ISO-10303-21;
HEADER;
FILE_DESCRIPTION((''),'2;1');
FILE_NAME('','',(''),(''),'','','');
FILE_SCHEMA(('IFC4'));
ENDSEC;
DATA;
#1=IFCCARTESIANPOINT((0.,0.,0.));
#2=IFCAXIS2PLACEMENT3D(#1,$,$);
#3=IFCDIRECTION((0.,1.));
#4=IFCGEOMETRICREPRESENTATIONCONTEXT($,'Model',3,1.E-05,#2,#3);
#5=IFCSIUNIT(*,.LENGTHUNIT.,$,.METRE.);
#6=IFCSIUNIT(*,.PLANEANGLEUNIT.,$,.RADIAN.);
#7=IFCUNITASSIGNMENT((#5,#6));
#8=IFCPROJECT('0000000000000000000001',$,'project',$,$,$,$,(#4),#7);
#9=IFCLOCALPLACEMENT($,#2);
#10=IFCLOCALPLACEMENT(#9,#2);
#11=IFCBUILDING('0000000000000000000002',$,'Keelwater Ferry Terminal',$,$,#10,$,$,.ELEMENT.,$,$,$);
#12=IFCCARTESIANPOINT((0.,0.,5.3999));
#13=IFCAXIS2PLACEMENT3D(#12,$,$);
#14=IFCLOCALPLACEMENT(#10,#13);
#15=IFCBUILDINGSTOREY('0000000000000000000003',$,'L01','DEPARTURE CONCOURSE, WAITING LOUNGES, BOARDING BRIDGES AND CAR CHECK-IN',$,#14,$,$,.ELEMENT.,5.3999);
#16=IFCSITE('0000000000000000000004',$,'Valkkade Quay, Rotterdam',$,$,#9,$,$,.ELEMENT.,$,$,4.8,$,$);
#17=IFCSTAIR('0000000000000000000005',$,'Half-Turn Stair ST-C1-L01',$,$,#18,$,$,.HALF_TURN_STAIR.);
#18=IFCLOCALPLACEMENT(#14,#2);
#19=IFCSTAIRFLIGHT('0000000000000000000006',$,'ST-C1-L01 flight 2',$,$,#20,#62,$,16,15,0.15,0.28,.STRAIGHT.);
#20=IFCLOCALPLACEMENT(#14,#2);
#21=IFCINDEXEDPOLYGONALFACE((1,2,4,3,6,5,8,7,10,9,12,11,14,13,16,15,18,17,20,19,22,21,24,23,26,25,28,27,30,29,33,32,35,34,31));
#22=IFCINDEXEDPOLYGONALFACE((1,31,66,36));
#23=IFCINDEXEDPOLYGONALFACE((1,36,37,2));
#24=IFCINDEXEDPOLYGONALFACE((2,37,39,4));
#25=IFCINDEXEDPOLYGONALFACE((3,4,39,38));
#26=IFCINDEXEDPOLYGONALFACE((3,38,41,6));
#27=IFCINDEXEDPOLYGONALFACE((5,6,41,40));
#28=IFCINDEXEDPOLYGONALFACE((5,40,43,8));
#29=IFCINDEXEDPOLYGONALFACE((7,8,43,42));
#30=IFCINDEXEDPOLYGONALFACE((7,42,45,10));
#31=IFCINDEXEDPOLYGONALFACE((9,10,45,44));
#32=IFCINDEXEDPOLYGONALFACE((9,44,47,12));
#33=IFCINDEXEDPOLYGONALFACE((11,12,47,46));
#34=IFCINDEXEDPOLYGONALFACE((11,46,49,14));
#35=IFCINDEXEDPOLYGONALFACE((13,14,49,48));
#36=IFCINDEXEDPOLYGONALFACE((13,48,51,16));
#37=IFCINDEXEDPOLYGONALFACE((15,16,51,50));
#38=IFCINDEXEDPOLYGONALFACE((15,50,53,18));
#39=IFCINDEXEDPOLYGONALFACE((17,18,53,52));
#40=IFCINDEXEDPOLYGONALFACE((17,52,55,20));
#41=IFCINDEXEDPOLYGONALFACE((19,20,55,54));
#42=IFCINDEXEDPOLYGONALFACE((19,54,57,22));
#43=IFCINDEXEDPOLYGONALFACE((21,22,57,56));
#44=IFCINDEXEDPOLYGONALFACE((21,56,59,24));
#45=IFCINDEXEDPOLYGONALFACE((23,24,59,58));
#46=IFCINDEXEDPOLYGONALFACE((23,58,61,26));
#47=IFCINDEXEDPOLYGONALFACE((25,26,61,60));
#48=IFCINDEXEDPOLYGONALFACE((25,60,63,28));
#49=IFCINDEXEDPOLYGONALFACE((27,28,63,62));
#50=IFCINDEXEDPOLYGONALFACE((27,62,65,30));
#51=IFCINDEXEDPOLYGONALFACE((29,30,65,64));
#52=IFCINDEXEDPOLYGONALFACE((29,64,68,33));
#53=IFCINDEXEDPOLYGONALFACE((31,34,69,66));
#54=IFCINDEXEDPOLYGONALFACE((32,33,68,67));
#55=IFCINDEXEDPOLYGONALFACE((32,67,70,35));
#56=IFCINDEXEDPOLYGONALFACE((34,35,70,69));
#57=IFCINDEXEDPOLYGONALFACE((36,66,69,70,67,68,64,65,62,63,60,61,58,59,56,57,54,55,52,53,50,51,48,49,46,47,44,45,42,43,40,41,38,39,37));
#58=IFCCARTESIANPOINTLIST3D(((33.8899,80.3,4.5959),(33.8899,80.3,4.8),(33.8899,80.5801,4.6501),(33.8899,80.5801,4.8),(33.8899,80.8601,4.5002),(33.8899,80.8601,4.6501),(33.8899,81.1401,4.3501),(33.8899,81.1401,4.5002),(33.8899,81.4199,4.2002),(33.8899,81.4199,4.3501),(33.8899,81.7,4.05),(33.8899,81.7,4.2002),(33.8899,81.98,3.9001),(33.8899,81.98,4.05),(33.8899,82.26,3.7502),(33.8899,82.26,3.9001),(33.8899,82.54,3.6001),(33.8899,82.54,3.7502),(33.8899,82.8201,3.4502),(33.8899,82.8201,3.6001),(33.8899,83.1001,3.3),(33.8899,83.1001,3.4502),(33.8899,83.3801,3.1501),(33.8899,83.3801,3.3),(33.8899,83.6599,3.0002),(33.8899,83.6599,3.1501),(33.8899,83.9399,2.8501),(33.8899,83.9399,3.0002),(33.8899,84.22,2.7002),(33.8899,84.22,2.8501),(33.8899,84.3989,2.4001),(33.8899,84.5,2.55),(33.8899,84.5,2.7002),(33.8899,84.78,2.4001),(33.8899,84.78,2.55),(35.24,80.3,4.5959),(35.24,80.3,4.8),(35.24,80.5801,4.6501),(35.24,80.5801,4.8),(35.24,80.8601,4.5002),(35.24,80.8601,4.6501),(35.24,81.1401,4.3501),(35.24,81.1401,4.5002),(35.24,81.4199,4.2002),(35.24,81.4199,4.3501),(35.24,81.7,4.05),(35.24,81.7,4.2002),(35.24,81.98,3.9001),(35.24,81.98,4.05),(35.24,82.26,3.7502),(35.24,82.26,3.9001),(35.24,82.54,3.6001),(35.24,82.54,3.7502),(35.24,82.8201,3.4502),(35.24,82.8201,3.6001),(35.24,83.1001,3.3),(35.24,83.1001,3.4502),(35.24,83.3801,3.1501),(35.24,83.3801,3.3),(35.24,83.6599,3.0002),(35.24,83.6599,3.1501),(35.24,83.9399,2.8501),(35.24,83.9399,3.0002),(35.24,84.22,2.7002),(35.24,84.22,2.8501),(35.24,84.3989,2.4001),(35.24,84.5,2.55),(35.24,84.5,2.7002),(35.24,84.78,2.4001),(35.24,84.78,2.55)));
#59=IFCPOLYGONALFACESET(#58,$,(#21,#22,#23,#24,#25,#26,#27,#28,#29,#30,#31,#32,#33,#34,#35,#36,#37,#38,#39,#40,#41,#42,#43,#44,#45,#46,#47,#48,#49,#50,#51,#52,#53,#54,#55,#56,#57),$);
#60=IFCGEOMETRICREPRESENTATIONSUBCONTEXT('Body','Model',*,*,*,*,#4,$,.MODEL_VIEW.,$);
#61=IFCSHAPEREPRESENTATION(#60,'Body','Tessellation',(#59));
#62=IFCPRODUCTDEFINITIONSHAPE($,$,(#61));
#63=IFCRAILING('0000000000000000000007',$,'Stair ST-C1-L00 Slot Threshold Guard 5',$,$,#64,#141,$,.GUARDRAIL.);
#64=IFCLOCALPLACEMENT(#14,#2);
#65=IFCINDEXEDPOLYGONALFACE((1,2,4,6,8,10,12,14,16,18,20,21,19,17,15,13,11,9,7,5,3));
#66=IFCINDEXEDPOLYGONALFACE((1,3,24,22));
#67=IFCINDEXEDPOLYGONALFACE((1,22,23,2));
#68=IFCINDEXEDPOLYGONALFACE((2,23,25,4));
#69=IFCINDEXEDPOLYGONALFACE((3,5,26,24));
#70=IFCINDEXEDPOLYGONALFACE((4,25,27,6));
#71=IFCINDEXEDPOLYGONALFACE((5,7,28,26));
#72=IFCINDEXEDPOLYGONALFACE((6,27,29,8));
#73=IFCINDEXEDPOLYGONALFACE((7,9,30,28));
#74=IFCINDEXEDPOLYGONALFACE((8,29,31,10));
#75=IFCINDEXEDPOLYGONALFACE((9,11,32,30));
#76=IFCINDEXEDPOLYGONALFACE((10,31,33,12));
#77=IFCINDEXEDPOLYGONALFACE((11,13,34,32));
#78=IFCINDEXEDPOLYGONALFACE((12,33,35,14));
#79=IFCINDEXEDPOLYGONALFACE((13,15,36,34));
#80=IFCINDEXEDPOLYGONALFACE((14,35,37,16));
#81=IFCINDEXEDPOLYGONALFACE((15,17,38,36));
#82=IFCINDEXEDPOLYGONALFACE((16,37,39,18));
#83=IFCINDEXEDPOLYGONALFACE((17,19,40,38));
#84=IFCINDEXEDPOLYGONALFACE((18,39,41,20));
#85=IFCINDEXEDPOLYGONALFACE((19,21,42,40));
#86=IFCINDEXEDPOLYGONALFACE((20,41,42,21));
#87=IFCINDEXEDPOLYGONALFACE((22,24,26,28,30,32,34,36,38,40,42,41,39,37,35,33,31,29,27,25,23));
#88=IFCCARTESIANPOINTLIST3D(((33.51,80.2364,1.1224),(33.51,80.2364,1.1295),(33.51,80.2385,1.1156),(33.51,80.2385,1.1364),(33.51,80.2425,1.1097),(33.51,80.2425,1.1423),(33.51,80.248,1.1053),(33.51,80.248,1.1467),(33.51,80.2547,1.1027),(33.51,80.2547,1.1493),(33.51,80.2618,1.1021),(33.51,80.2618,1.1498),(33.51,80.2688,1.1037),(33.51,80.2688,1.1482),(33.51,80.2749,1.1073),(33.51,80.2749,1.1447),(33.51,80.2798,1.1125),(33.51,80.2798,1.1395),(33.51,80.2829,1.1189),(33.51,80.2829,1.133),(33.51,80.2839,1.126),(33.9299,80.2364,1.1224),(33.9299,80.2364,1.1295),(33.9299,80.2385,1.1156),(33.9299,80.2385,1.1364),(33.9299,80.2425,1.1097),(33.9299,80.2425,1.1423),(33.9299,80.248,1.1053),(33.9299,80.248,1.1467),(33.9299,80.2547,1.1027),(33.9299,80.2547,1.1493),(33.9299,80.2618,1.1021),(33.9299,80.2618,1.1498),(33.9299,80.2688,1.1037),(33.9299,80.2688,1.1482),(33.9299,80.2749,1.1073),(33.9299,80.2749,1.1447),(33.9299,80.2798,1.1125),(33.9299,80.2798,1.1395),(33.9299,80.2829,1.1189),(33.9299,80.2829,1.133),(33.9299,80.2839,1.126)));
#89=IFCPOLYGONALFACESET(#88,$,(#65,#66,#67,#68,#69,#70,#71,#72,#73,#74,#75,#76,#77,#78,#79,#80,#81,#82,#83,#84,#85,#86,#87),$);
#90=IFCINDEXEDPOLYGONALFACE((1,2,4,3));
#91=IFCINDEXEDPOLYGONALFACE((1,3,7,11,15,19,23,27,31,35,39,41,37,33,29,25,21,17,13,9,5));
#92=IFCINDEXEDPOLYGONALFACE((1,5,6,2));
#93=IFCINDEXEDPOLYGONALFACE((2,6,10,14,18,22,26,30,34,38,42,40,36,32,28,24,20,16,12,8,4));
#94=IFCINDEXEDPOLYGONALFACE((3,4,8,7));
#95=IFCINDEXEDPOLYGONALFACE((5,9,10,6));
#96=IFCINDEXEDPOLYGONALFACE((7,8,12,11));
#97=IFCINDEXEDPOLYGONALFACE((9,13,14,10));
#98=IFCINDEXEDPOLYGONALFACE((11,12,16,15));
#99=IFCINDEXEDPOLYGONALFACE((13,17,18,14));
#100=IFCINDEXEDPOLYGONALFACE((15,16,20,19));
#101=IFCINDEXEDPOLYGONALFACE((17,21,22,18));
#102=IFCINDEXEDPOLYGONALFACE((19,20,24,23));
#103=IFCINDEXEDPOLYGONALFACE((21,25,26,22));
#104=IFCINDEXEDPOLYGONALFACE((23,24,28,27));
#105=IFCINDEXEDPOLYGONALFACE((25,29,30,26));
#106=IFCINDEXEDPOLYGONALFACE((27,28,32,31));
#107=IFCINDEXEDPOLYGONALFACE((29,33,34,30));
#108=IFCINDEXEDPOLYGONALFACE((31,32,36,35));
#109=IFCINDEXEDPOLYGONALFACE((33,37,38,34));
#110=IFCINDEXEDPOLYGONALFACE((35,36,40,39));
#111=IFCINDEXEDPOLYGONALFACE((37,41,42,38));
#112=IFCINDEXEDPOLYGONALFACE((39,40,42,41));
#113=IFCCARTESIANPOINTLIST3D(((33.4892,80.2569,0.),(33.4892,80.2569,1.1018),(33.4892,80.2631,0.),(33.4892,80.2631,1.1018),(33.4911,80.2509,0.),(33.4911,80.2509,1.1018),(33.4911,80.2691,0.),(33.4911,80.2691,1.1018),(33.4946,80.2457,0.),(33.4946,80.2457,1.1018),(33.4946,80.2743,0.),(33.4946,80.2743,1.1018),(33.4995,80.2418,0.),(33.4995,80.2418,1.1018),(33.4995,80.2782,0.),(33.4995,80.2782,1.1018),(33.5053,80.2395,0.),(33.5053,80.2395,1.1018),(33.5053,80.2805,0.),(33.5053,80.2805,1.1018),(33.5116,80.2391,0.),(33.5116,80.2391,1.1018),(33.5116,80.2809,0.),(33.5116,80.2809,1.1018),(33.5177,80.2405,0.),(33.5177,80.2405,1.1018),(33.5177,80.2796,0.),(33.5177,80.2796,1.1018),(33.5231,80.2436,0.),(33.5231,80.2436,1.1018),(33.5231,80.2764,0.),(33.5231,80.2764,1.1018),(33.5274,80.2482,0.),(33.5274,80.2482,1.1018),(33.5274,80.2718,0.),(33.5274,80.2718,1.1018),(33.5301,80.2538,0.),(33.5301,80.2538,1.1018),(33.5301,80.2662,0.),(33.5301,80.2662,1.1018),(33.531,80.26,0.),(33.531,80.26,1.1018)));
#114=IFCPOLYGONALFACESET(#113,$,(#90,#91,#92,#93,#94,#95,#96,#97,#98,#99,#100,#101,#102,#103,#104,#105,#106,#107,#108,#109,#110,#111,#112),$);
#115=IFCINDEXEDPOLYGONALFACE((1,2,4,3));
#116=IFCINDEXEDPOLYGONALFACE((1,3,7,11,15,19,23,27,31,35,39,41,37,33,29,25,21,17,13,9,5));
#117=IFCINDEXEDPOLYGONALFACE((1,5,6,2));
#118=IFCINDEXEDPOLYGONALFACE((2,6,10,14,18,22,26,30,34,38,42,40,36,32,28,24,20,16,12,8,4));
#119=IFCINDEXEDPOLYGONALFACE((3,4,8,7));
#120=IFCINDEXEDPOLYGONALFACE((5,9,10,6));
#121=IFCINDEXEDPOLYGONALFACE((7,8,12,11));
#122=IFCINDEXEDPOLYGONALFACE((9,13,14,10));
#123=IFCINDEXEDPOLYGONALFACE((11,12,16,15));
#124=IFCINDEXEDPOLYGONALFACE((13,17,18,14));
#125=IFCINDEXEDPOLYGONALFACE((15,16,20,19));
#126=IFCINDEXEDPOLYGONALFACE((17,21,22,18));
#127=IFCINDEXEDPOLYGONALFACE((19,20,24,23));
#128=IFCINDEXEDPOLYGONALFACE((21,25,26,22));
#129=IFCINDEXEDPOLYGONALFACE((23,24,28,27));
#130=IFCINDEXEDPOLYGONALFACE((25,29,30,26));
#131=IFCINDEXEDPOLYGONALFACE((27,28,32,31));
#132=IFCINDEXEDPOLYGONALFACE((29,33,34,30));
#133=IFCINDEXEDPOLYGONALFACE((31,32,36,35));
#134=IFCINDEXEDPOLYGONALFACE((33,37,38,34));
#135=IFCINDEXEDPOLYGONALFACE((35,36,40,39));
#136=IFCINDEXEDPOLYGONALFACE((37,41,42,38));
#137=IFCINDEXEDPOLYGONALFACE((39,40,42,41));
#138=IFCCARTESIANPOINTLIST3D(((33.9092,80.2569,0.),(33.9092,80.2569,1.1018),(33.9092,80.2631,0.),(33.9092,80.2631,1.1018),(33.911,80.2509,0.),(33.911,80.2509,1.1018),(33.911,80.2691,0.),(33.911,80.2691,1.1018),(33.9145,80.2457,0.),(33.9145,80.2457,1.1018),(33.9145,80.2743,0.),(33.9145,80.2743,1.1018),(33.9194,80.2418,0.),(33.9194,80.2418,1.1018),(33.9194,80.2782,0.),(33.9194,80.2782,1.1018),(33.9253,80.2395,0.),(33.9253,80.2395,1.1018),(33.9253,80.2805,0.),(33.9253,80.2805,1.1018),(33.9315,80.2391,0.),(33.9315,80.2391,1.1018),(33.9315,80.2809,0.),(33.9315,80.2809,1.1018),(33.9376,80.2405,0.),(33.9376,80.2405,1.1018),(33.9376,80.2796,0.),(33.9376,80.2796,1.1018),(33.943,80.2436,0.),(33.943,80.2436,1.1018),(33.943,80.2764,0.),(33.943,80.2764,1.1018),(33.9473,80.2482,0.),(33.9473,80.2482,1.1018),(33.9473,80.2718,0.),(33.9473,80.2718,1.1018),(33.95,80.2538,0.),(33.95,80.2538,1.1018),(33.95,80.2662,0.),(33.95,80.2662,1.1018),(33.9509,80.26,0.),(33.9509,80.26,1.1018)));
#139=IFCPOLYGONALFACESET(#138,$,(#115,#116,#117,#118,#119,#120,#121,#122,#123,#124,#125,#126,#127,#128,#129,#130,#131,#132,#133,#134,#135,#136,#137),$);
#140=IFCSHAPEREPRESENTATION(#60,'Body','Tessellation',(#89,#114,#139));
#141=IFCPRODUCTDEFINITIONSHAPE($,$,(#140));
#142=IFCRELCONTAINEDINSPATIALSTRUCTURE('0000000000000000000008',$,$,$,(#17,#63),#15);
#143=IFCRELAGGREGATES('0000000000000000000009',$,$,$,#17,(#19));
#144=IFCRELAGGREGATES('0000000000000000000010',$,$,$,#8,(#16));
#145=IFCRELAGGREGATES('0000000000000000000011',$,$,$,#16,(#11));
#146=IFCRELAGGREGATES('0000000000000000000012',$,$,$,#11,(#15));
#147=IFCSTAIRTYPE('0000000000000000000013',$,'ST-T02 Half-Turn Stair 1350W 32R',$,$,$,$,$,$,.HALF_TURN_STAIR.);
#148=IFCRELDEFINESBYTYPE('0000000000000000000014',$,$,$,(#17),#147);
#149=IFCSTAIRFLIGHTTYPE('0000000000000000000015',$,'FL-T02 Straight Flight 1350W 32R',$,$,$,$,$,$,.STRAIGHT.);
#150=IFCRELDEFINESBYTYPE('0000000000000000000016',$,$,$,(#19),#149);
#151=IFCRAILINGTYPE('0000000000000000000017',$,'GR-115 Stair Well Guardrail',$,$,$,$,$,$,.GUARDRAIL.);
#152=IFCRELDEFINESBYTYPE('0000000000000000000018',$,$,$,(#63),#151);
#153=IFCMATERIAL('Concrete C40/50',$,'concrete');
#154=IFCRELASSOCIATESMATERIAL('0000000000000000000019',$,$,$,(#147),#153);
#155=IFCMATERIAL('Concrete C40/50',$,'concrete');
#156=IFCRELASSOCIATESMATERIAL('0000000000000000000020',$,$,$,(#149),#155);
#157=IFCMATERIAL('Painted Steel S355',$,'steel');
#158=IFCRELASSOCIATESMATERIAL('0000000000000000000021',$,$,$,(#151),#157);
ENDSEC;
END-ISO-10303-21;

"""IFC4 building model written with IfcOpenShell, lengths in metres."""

from ifc_helpers import new_model, si_unit, direction, frame, origin, origin_2d, place, context, subcontext, project, spatial, polyline, circle, outline, extrude, material, type_object, element, aggregate, save


model = new_model("IFC4")

# Units and contexts
model_context = context("Model", 3, precision=1e-05, world=origin(), true_north=direction((0.0, 1.0)))
body_context = subcontext(model_context, "Body", "Model", "MODEL_VIEW")
ifc_project = project(units=[si_unit("LENGTHUNIT", "METRE"), si_unit("PLANEANGLEUNIT", "RADIAN")], contexts=[model_context])

# Site, building, storey
site_placement = place(None, origin())
site = spatial("IfcSite", under=ifc_project, at=site_placement, Name="Valkkade Quay, Rotterdam", CompositionType="ELEMENT", RefElevation=4.8)
building_placement = place(site_placement, origin())
building = spatial("IfcBuilding", under=site, at=building_placement, Name="Keelwater Ferry Terminal", CompositionType="ELEMENT")
storey_placement = place(building_placement, frame((0.0, 0.0, 5.3999)))
storey = spatial("IfcBuildingStorey", under=building, at=storey_placement, Name="L01", Description="DEPARTURE CONCOURSE, WAITING LOUNGES, BOARDING BRIDGES AND CAR CHECK-IN", CompositionType="ELEMENT", Elevation=5.3999)

# Stair, stair flight
ifc_material_1 = material(Name="Concrete C40/50", Category="concrete")
stair_type = type_object("IfcStairType", Name="ST-T02 Half-Turn Stair 1350W 32R", PredefinedType="HALF_TURN_STAIR", material=ifc_material_1)
stair_placement = place(storey_placement, origin())
stair = element("IfcStair", 1, at=stair_placement, inside=storey, type_object=stair_type, Name="Half-Turn Stair ST-C1-L01", PredefinedType="HALF_TURN_STAIR")
ifc_material_2 = material(Name="Concrete C40/50", Category="concrete")
stair_flight_type = type_object("IfcStairFlightType", Name="FL-T02 Straight Flight 1350W 32R", PredefinedType="STRAIGHT", material=ifc_material_2)
stair_flight_1_placement = place(storey_placement, frame((34.5649, 84.78, 2.4001), z_axis=(0.0, 0.0, 1.0), x_axis=(0.0, -1.0, 0.0)))
stair_flight_1 = element("IfcStairFlight", 2, at=stair_flight_1_placement, type_object=stair_flight_type, Name="ST-C1-L01 flight 2", NumberOfRisers=16, NumberOfTreads=15, PredefinedType="STRAIGHT", RiserHeight=0.15, TreadLength=0.28, context=body_context, shape_type="SweptSolid", body=[
    extrude(outline(polyline([(0.0, 0.0), (0.0, 0.1499), (0.28, 0.1499), (0.28, 0.3), (0.5601, 0.3), (0.5601, 0.45), (0.8401, 0.45), (0.8401, 0.6001), (1.1201, 0.6001), (1.1201, 0.75), (1.3999, 0.75), (1.3999, 0.8999), (1.6799, 0.8999), (1.6799, 1.05), (1.96, 1.05), (1.96, 1.2), (2.24, 1.2), (2.24, 1.3501), (2.52, 1.3501), (2.52, 1.5), (2.8, 1.5), (2.8, 1.6499), (3.0801, 1.6499), (3.0801, 1.8), (3.3601, 1.8), (3.3601, 1.95), (3.6399, 1.95), (3.6399, 2.1001), (3.9199, 2.1001), (3.9199, 2.25), (4.2, 2.25), (4.2, 2.3999), (4.48, 2.3999), (4.48, 2.1958), (0.3811, 0.0), (0.0, 0.0)])), frame((0.0, 0.675, 0.0), z_axis=(0.0, -1.0, 0.0), x_axis=(1.0, 0.0, 0.0)), (0.0, 0.0, 1.0), 1.3501),
])
aggregate(stair, [stair_flight_1])

# Railing
ifc_material_3 = material(Name="Painted Steel S355", Category="steel")
railing_type_1 = type_object("IfcRailingType", Name="GR-115 Stair Well Guardrail", PredefinedType="GUARDRAIL", material=ifc_material_3)
railing_1_placement = place(storey_placement, frame((33.51, 80.26, 0.0)))
element("IfcRailing", 3, at=railing_1_placement, inside=storey, type_object=railing_type_1, Name="Stair ST-C1-L00 Slot Threshold Guard 5", PredefinedType="GUARDRAIL", context=body_context, shape_type="SweptSolid", body=[
    extrude(circle(Radius=0.0239, at=origin_2d()), frame((0.0, 0.0, 1.126), z_axis=(1.0, 0.0, 0.0), x_axis=(0.0, 1.0, 0.0)), (0.0, 0.0, 1.0), 0.4199),
    extrude(circle(Radius=0.021, at=origin_2d()), origin(), (0.0, 0.0, 1.0), 1.1018),
    extrude(circle(Radius=0.021, at=origin_2d()), frame((0.4199, 0.0, 0.0)), (0.0, 0.0, 1.0), 1.1018),
])

save(model, "model.ifc")
